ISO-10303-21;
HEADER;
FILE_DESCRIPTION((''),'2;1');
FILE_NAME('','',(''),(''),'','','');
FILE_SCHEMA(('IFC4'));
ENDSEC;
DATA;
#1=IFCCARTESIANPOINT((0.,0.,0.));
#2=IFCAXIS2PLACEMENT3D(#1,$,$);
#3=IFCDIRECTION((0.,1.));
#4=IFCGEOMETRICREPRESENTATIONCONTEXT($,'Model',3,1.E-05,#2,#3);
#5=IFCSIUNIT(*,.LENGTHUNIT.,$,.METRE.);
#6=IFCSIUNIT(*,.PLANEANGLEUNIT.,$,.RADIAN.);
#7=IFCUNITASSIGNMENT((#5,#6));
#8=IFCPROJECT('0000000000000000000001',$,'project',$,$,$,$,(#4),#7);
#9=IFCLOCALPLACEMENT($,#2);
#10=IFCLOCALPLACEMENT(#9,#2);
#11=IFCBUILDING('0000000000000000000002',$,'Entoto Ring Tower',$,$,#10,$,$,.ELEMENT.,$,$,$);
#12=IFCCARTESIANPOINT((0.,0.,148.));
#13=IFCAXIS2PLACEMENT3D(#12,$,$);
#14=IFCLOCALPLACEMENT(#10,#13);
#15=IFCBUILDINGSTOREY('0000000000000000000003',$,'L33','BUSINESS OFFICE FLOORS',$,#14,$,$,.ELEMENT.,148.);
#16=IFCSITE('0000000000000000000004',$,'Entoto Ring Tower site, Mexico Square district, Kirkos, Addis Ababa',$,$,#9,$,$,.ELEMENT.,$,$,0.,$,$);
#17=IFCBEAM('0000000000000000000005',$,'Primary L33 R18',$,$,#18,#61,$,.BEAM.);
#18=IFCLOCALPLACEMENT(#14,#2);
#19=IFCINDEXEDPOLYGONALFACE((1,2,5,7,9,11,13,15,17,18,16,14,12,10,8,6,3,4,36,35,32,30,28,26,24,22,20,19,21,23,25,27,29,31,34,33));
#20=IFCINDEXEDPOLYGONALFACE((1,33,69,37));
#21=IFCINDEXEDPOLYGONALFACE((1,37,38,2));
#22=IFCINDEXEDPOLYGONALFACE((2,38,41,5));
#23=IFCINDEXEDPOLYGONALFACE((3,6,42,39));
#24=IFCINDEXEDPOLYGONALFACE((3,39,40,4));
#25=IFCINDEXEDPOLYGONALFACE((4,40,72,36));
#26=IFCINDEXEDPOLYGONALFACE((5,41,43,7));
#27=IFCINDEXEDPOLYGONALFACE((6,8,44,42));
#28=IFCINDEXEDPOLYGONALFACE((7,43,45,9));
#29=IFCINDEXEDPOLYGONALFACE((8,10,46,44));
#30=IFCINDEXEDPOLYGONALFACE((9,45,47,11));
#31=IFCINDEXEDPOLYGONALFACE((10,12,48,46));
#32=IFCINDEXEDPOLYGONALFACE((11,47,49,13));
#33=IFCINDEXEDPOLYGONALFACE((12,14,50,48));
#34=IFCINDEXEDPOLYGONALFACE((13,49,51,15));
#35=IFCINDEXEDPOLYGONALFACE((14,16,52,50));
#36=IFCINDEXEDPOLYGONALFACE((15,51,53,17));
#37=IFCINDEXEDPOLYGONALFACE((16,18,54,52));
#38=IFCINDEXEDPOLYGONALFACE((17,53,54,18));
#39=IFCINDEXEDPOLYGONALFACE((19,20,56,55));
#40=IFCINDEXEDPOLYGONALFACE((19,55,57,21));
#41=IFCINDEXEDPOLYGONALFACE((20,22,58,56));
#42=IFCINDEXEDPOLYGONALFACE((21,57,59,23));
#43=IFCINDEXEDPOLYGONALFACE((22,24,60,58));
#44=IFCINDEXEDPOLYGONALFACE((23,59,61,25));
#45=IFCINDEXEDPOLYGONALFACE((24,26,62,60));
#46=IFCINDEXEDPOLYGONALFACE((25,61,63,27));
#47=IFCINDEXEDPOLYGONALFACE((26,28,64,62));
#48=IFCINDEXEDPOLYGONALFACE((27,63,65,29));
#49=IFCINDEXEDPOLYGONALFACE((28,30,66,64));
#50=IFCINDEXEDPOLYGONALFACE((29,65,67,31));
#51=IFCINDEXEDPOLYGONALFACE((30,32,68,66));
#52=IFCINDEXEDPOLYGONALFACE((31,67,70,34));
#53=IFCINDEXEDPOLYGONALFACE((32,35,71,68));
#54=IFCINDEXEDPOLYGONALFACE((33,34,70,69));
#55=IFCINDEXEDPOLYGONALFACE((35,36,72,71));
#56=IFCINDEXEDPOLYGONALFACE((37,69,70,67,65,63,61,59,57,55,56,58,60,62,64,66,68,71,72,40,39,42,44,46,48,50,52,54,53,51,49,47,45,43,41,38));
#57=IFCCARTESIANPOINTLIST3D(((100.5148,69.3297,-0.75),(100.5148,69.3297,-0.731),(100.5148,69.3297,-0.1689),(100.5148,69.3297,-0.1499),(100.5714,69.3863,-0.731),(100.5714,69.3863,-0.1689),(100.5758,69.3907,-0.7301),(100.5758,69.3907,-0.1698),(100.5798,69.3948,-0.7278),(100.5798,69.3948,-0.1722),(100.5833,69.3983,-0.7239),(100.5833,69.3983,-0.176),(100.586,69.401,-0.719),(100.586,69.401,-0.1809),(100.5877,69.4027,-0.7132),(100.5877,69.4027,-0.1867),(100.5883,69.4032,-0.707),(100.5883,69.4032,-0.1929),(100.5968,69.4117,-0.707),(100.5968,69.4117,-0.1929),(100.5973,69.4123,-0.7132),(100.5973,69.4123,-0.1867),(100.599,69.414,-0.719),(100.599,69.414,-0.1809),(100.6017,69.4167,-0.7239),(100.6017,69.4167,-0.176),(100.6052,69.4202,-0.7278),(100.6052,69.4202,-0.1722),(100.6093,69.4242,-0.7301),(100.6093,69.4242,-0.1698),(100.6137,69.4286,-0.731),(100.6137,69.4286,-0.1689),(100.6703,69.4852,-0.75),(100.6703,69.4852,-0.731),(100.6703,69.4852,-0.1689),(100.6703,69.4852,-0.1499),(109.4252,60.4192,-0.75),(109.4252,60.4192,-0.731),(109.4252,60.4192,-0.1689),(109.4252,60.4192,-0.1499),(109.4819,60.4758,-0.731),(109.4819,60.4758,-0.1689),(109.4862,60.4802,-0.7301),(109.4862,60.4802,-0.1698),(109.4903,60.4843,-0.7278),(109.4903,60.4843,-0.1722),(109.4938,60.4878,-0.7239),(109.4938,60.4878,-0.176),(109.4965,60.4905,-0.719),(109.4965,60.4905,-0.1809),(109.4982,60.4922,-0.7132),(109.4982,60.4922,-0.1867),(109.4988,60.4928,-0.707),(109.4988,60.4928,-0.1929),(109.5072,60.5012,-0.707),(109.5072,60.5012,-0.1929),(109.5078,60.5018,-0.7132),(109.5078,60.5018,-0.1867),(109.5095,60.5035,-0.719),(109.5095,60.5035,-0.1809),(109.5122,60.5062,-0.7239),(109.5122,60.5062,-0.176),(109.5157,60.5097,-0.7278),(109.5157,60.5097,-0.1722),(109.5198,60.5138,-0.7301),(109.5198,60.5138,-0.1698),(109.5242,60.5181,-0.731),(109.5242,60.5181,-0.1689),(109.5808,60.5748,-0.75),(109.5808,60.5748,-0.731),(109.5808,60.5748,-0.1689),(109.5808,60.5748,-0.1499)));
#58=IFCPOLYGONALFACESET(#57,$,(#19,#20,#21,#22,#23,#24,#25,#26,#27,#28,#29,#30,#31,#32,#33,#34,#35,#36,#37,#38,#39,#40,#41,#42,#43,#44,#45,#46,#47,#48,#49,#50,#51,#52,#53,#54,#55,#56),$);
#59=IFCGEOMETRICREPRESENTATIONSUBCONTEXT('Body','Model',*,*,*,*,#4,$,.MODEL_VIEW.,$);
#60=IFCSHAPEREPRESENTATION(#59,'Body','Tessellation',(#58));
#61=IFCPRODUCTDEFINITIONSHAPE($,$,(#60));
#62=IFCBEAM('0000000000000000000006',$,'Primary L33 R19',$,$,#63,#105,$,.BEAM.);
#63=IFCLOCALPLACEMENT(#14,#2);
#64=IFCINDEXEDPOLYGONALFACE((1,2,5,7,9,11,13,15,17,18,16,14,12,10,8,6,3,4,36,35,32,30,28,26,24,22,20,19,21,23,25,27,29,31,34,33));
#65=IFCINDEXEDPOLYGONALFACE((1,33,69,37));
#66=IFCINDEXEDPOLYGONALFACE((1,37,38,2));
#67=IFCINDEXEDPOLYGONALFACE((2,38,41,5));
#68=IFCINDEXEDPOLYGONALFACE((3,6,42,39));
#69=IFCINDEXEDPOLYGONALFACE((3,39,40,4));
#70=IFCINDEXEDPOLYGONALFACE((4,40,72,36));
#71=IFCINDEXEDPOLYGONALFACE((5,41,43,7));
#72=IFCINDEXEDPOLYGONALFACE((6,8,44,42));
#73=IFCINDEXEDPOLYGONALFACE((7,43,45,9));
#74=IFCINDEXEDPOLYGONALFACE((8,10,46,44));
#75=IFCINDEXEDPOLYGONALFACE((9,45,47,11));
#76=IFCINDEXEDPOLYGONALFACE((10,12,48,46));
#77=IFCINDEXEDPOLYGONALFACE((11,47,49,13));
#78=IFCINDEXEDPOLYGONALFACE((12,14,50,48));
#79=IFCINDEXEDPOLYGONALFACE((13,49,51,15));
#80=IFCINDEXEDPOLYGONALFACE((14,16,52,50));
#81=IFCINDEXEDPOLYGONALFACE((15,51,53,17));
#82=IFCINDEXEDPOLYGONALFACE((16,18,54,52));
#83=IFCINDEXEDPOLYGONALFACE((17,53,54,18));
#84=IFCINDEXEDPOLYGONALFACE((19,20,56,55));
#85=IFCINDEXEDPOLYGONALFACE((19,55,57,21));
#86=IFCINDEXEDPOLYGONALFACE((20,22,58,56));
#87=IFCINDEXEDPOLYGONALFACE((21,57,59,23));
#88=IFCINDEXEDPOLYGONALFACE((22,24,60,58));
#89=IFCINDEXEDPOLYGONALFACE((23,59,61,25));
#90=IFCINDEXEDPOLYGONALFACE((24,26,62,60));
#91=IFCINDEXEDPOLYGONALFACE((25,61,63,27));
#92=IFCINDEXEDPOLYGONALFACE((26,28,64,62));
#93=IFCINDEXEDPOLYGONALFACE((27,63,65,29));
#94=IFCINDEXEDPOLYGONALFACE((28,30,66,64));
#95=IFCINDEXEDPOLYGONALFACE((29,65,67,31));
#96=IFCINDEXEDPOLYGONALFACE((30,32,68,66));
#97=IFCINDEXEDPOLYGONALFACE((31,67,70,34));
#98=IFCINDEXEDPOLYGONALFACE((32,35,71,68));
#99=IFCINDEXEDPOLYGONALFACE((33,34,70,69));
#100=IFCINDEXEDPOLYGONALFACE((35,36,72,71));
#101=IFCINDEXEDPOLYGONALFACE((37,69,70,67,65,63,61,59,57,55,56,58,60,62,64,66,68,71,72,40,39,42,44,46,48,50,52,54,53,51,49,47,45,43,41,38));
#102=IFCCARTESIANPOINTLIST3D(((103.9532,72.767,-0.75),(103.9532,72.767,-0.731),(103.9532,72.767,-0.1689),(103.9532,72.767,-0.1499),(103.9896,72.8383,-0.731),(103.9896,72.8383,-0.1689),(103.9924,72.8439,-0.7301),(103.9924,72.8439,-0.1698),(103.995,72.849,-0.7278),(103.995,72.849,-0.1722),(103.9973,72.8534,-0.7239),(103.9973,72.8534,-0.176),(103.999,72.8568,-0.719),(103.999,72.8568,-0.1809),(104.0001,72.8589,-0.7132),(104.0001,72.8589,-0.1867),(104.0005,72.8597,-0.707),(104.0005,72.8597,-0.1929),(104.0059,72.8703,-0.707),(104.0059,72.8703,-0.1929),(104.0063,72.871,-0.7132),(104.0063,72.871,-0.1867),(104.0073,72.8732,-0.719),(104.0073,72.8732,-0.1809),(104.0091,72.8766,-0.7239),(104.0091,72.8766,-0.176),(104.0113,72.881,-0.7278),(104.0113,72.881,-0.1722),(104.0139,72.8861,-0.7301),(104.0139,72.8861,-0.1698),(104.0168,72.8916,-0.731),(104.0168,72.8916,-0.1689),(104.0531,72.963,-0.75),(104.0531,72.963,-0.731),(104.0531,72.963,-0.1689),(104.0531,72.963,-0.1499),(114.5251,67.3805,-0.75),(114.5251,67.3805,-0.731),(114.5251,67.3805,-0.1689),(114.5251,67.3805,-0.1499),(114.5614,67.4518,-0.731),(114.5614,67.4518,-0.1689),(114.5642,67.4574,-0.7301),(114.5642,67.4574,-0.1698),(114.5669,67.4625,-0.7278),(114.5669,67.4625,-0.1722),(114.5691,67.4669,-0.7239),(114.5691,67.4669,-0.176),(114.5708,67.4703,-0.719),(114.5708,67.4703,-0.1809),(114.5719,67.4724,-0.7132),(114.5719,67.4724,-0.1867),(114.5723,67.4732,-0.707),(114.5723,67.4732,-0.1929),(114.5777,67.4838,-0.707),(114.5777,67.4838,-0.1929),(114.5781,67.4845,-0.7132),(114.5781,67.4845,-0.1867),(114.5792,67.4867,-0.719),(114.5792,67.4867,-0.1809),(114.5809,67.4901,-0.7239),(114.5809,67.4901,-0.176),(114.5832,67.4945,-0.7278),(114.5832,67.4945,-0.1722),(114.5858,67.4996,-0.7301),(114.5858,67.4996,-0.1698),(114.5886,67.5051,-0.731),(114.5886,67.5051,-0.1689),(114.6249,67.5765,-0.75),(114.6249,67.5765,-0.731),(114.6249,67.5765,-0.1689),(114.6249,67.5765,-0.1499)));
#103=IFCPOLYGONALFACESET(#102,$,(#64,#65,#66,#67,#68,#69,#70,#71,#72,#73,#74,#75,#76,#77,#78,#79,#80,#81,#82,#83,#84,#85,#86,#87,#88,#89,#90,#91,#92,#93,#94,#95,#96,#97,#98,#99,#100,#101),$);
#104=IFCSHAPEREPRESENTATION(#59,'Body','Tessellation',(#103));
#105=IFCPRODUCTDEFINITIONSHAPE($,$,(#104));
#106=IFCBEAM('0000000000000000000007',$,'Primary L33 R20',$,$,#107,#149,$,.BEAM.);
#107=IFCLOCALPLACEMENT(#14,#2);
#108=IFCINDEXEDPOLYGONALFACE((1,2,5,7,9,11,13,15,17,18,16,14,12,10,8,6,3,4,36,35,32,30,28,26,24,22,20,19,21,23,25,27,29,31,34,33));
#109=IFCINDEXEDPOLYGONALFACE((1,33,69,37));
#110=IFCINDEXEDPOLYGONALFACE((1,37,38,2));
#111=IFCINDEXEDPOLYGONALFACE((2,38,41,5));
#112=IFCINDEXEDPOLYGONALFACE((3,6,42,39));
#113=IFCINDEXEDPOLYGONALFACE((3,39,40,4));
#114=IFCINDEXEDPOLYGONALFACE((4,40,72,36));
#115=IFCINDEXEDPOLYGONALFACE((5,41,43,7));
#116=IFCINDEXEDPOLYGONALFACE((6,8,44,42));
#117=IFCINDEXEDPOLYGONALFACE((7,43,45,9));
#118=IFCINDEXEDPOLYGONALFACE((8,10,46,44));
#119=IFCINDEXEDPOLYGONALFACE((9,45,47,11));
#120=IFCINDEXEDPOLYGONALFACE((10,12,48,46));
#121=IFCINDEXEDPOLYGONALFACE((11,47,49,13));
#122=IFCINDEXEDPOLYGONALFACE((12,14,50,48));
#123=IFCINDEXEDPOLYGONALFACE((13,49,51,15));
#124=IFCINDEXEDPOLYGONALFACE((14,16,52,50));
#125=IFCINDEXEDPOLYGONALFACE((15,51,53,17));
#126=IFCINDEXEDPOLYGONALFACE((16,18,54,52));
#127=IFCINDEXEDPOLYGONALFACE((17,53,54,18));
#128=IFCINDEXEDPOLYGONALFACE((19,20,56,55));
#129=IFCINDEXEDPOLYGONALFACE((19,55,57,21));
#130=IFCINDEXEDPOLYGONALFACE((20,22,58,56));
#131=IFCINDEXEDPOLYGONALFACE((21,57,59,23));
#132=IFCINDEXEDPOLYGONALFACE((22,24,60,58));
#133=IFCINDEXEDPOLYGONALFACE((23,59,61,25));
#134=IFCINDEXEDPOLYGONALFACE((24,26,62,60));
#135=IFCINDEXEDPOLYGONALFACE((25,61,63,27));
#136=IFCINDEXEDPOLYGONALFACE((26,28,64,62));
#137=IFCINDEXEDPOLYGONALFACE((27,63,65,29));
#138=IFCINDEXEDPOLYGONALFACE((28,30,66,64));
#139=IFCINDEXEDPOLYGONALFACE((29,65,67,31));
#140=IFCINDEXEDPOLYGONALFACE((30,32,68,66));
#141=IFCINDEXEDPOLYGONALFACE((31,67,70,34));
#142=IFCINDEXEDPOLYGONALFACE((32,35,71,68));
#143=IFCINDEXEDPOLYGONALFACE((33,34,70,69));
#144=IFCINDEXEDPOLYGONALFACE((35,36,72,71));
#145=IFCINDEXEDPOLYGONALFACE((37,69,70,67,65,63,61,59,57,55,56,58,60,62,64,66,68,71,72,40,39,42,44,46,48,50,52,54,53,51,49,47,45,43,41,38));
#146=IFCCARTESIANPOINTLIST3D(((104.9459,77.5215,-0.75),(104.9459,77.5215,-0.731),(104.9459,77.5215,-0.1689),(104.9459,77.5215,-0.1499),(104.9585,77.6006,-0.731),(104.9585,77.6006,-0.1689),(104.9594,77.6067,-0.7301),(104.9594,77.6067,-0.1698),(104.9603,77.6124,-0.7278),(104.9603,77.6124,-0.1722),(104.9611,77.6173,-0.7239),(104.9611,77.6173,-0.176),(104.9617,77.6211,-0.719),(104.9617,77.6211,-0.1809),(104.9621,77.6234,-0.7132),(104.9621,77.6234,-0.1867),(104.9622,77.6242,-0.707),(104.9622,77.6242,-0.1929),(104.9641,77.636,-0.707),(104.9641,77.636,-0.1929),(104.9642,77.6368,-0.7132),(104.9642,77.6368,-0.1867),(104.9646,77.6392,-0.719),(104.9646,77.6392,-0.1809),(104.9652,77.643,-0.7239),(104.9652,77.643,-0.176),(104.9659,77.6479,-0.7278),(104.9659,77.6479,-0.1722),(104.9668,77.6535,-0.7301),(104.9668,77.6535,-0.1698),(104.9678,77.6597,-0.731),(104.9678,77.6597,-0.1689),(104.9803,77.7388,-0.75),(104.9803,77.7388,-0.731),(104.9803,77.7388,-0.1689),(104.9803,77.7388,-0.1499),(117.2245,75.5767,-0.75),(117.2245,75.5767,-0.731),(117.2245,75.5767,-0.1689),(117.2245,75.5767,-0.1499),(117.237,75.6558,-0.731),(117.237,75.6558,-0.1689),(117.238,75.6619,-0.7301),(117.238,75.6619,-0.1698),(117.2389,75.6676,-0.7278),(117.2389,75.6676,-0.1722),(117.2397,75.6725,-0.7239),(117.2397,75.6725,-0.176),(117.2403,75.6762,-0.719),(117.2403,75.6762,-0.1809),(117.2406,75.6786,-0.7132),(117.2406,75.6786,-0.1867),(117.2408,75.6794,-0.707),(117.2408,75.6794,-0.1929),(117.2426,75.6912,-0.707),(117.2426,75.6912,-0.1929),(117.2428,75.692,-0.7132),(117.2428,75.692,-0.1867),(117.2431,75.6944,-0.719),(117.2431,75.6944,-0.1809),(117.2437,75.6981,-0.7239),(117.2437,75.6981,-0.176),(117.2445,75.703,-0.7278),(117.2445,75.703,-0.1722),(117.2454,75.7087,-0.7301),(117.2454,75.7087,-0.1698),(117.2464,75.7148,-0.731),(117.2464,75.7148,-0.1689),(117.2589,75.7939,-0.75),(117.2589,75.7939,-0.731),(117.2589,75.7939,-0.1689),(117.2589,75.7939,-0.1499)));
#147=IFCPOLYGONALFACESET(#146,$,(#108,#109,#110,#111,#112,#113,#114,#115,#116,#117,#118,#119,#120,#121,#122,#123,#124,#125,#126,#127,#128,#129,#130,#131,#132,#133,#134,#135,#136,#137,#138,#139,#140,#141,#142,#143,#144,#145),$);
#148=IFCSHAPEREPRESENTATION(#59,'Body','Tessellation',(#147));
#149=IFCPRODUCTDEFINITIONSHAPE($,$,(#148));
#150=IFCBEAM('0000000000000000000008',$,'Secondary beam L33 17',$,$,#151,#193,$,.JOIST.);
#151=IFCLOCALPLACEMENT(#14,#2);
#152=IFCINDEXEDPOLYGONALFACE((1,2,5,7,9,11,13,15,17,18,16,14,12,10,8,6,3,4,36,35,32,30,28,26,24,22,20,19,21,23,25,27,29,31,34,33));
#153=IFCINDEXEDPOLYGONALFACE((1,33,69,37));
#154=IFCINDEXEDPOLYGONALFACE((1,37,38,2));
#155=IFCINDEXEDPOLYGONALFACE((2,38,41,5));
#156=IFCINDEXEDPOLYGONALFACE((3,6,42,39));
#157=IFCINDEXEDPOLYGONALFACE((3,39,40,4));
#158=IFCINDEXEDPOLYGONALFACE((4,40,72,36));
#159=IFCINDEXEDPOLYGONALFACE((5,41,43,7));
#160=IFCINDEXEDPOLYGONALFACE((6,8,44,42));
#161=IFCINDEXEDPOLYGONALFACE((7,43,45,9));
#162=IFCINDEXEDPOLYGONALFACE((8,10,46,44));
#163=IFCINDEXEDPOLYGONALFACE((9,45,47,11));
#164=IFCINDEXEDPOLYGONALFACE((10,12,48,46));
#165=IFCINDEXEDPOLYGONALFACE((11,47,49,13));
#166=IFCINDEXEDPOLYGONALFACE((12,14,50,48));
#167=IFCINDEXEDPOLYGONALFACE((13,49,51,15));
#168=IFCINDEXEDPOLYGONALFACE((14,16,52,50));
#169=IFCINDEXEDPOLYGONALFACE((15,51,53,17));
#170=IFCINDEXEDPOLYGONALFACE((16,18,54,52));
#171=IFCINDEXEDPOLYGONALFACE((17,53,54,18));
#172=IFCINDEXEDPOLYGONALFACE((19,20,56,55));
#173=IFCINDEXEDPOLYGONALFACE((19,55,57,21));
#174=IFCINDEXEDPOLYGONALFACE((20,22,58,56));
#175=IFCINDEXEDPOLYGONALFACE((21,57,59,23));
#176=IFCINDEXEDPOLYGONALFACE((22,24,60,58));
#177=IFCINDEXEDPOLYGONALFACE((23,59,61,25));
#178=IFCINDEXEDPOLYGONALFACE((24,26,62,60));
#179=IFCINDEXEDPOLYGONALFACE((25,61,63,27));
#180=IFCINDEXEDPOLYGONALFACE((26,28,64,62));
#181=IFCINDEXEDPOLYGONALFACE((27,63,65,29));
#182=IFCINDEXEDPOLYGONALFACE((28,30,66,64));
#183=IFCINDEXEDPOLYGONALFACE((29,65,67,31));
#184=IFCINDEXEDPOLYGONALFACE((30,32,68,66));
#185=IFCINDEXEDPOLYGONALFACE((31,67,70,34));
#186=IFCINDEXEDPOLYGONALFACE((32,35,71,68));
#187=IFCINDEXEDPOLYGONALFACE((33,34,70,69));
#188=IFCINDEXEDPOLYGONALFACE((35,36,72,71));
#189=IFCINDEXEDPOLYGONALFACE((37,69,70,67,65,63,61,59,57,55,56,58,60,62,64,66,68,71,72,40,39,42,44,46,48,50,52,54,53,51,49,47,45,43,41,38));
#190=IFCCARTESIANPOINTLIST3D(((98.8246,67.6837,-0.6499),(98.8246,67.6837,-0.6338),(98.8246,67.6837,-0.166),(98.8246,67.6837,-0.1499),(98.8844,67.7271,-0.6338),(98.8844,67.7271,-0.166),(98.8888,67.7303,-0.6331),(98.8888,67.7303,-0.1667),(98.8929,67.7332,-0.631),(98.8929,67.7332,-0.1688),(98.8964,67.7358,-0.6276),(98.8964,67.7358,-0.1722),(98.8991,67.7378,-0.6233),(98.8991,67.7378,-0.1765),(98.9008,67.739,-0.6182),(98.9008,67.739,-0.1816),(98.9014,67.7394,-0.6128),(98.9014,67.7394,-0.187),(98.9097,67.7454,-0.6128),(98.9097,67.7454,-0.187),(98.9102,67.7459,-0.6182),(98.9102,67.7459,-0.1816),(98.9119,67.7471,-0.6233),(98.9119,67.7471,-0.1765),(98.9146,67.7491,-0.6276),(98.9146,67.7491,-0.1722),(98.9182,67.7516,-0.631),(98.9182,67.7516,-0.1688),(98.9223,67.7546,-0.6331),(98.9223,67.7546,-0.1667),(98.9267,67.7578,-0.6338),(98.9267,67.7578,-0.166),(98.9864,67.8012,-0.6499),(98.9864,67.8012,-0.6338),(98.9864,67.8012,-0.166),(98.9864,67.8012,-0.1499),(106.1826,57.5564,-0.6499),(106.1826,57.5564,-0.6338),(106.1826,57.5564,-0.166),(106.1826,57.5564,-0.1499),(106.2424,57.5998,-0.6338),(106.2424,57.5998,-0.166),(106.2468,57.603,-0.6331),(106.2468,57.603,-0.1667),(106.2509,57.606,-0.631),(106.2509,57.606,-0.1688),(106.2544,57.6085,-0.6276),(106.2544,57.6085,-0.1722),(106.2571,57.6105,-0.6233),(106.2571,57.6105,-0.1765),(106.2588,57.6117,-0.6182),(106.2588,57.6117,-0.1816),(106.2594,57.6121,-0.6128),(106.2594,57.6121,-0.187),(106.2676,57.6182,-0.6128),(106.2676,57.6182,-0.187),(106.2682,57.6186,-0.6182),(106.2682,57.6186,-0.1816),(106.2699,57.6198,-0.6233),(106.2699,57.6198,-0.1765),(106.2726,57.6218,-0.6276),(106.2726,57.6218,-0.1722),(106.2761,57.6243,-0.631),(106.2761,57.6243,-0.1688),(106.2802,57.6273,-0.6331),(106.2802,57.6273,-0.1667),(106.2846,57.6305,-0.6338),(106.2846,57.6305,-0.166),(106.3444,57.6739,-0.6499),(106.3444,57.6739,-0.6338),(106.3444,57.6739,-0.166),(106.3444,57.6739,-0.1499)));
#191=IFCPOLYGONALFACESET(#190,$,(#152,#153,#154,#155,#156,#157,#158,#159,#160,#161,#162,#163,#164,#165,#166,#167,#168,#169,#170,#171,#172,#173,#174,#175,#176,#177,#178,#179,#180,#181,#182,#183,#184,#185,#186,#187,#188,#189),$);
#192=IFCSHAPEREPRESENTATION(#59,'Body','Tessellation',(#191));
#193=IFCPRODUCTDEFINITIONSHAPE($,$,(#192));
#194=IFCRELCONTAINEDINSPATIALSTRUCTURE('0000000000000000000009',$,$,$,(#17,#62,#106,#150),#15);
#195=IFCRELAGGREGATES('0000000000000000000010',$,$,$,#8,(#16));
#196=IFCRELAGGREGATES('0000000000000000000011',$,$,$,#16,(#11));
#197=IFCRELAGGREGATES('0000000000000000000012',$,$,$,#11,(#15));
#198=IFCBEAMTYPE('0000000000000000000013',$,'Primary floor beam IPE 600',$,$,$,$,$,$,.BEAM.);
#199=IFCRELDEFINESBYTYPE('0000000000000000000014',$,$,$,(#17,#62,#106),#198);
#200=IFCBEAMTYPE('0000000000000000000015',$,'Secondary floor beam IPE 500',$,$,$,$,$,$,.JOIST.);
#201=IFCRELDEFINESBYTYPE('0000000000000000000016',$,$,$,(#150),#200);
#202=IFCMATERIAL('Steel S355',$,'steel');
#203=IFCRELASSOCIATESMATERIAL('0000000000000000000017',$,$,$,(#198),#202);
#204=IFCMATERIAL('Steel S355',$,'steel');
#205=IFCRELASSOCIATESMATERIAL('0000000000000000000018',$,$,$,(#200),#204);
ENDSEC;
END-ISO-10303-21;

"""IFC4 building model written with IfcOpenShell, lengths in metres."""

from ifc_helpers import new_model, si_unit, direction, frame, origin, origin_2d, place, context, subcontext, project, spatial, i_section, extrude, material, material_profile, profile_set, type_object, element, save


model = new_model("IFC4")

# Units and contexts
model_context = context("Model", 3, precision=1e-05, world=origin(), true_north=direction((0.0, 1.0)))
body_context = subcontext(model_context, "Body", "Model", "MODEL_VIEW")
ifc_project = project(units=[si_unit("LENGTHUNIT", "METRE"), si_unit("PLANEANGLEUNIT", "RADIAN")], contexts=[model_context])

# Site, building, storey
site_placement = place(None, origin())
site = spatial("IfcSite", under=ifc_project, at=site_placement, Name="Entoto Ring Tower site, Mexico Square district, Kirkos, Addis Ababa", CompositionType="ELEMENT", RefElevation=0.0)
building_placement = place(site_placement, origin())
building = spatial("IfcBuilding", under=site, at=building_placement, Name="Entoto Ring Tower", CompositionType="ELEMENT")
storey_placement = place(building_placement, frame((0.0, 0.0, 148.0)))
storey = spatial("IfcBuildingStorey", under=building, at=storey_placement, Name="L33", Description="BUSINESS OFFICE FLOORS", CompositionType="ELEMENT", Elevation=148.0)

# Beams
ifc_material_1 = material(Name="Steel S355", Category="steel")
ifc_material_profile_1 = material_profile(ifc_material_1, i_section(OverallWidth=0.22, OverallDepth=0.6001, WebThickness=0.012, FlangeThickness=0.019, FilletRadius=0.0239, at=origin_2d()), Name="IPE 600")
ifc_profile_set_1 = profile_set([ifc_material_profile_1], Name="Steel S355")
beam_type_1 = type_object("IfcBeamType", Name="Primary floor beam IPE 600", PredefinedType="BEAM", material=ifc_profile_set_1)
beam_1_placement = place(storey_placement, frame((100.5925, 69.4075, -0.45), z_axis=(0.707107, -0.707107, 0.0), x_axis=(0.707107, 0.707107, 0.0)))
element("IfcBeam", 1, at=beam_1_placement, inside=storey, type_object=beam_type_1, Name="Primary L33 R18", PredefinedType="BEAM", context=body_context, shape_type="SweptSolid", body=[
    extrude(i_section(OverallWidth=0.22, OverallDepth=0.6001, WebThickness=0.012, FlangeThickness=0.019, FilletRadius=0.0239, at=origin_2d()), origin(), (0.0, 0.0, 1.0), 12.6013),
])
beam_2_placement = place(storey_placement, frame((104.0032, 72.865, -0.45), z_axis=(0.89101, -0.453983, 0.0), x_axis=(0.453983, 0.89101, 0.0)))
element("IfcBeam", 2, at=beam_2_placement, inside=storey, type_object=beam_type_1, Name="Primary L33 R19", PredefinedType="BEAM", context=body_context, shape_type="SweptSolid", body=[
    extrude(i_section(OverallWidth=0.22, OverallDepth=0.6001, WebThickness=0.012, FlangeThickness=0.019, FilletRadius=0.0239, at=origin_2d()), origin(), (0.0, 0.0, 1.0), 11.865),
])
beam_3_placement = place(storey_placement, frame((104.9631, 77.6301, -0.45), z_axis=(0.987687, -0.156442, 0.0), x_axis=(0.156442, 0.987687, 0.0)))
element("IfcBeam", 3, at=beam_3_placement, inside=storey, type_object=beam_type_1, Name="Primary L33 R20", PredefinedType="BEAM", context=body_context, shape_type="SweptSolid", body=[
    extrude(i_section(OverallWidth=0.22, OverallDepth=0.6001, WebThickness=0.012, FlangeThickness=0.019, FilletRadius=0.0239, at=origin_2d()), origin(), (0.0, 0.0, 1.0), 12.4316),
])
ifc_material_2 = material(Name="Steel S355", Category="steel")
ifc_material_profile_2 = material_profile(ifc_material_2, i_section(OverallWidth=0.2, OverallDepth=0.5, WebThickness=0.0103, FlangeThickness=0.0161, FilletRadius=0.021, at=origin_2d()), Name="IPE 500")
ifc_profile_set_2 = profile_set([ifc_material_profile_2], Name="Steel S355")
beam_type_2 = type_object("IfcBeamType", Name="Secondary floor beam IPE 500", PredefinedType="JOIST", material=ifc_profile_set_2)
for number, where, z_axis, x_axis, name in (
    (4, (98.9055, 67.7424, -0.3999), (0.587789, -0.809014, 0.0), (0.809014, 0.587789, 0.0), "Secondary beam L33 17"),
):
    element("IfcBeam", number, at=place(storey_placement, frame(where, z_axis=z_axis, x_axis=x_axis)), inside=storey, type_object=beam_type_2, Name=name, PredefinedType="JOIST", context=body_context, shape_type="SweptSolid", body=[
        extrude(i_section(OverallWidth=0.2, OverallDepth=0.5, WebThickness=0.0103, FlangeThickness=0.0161, FilletRadius=0.021, at=origin_2d()), origin(), (0.0, 0.0, 1.0), 12.5181),
    ])

save(model, "model.ifc")
